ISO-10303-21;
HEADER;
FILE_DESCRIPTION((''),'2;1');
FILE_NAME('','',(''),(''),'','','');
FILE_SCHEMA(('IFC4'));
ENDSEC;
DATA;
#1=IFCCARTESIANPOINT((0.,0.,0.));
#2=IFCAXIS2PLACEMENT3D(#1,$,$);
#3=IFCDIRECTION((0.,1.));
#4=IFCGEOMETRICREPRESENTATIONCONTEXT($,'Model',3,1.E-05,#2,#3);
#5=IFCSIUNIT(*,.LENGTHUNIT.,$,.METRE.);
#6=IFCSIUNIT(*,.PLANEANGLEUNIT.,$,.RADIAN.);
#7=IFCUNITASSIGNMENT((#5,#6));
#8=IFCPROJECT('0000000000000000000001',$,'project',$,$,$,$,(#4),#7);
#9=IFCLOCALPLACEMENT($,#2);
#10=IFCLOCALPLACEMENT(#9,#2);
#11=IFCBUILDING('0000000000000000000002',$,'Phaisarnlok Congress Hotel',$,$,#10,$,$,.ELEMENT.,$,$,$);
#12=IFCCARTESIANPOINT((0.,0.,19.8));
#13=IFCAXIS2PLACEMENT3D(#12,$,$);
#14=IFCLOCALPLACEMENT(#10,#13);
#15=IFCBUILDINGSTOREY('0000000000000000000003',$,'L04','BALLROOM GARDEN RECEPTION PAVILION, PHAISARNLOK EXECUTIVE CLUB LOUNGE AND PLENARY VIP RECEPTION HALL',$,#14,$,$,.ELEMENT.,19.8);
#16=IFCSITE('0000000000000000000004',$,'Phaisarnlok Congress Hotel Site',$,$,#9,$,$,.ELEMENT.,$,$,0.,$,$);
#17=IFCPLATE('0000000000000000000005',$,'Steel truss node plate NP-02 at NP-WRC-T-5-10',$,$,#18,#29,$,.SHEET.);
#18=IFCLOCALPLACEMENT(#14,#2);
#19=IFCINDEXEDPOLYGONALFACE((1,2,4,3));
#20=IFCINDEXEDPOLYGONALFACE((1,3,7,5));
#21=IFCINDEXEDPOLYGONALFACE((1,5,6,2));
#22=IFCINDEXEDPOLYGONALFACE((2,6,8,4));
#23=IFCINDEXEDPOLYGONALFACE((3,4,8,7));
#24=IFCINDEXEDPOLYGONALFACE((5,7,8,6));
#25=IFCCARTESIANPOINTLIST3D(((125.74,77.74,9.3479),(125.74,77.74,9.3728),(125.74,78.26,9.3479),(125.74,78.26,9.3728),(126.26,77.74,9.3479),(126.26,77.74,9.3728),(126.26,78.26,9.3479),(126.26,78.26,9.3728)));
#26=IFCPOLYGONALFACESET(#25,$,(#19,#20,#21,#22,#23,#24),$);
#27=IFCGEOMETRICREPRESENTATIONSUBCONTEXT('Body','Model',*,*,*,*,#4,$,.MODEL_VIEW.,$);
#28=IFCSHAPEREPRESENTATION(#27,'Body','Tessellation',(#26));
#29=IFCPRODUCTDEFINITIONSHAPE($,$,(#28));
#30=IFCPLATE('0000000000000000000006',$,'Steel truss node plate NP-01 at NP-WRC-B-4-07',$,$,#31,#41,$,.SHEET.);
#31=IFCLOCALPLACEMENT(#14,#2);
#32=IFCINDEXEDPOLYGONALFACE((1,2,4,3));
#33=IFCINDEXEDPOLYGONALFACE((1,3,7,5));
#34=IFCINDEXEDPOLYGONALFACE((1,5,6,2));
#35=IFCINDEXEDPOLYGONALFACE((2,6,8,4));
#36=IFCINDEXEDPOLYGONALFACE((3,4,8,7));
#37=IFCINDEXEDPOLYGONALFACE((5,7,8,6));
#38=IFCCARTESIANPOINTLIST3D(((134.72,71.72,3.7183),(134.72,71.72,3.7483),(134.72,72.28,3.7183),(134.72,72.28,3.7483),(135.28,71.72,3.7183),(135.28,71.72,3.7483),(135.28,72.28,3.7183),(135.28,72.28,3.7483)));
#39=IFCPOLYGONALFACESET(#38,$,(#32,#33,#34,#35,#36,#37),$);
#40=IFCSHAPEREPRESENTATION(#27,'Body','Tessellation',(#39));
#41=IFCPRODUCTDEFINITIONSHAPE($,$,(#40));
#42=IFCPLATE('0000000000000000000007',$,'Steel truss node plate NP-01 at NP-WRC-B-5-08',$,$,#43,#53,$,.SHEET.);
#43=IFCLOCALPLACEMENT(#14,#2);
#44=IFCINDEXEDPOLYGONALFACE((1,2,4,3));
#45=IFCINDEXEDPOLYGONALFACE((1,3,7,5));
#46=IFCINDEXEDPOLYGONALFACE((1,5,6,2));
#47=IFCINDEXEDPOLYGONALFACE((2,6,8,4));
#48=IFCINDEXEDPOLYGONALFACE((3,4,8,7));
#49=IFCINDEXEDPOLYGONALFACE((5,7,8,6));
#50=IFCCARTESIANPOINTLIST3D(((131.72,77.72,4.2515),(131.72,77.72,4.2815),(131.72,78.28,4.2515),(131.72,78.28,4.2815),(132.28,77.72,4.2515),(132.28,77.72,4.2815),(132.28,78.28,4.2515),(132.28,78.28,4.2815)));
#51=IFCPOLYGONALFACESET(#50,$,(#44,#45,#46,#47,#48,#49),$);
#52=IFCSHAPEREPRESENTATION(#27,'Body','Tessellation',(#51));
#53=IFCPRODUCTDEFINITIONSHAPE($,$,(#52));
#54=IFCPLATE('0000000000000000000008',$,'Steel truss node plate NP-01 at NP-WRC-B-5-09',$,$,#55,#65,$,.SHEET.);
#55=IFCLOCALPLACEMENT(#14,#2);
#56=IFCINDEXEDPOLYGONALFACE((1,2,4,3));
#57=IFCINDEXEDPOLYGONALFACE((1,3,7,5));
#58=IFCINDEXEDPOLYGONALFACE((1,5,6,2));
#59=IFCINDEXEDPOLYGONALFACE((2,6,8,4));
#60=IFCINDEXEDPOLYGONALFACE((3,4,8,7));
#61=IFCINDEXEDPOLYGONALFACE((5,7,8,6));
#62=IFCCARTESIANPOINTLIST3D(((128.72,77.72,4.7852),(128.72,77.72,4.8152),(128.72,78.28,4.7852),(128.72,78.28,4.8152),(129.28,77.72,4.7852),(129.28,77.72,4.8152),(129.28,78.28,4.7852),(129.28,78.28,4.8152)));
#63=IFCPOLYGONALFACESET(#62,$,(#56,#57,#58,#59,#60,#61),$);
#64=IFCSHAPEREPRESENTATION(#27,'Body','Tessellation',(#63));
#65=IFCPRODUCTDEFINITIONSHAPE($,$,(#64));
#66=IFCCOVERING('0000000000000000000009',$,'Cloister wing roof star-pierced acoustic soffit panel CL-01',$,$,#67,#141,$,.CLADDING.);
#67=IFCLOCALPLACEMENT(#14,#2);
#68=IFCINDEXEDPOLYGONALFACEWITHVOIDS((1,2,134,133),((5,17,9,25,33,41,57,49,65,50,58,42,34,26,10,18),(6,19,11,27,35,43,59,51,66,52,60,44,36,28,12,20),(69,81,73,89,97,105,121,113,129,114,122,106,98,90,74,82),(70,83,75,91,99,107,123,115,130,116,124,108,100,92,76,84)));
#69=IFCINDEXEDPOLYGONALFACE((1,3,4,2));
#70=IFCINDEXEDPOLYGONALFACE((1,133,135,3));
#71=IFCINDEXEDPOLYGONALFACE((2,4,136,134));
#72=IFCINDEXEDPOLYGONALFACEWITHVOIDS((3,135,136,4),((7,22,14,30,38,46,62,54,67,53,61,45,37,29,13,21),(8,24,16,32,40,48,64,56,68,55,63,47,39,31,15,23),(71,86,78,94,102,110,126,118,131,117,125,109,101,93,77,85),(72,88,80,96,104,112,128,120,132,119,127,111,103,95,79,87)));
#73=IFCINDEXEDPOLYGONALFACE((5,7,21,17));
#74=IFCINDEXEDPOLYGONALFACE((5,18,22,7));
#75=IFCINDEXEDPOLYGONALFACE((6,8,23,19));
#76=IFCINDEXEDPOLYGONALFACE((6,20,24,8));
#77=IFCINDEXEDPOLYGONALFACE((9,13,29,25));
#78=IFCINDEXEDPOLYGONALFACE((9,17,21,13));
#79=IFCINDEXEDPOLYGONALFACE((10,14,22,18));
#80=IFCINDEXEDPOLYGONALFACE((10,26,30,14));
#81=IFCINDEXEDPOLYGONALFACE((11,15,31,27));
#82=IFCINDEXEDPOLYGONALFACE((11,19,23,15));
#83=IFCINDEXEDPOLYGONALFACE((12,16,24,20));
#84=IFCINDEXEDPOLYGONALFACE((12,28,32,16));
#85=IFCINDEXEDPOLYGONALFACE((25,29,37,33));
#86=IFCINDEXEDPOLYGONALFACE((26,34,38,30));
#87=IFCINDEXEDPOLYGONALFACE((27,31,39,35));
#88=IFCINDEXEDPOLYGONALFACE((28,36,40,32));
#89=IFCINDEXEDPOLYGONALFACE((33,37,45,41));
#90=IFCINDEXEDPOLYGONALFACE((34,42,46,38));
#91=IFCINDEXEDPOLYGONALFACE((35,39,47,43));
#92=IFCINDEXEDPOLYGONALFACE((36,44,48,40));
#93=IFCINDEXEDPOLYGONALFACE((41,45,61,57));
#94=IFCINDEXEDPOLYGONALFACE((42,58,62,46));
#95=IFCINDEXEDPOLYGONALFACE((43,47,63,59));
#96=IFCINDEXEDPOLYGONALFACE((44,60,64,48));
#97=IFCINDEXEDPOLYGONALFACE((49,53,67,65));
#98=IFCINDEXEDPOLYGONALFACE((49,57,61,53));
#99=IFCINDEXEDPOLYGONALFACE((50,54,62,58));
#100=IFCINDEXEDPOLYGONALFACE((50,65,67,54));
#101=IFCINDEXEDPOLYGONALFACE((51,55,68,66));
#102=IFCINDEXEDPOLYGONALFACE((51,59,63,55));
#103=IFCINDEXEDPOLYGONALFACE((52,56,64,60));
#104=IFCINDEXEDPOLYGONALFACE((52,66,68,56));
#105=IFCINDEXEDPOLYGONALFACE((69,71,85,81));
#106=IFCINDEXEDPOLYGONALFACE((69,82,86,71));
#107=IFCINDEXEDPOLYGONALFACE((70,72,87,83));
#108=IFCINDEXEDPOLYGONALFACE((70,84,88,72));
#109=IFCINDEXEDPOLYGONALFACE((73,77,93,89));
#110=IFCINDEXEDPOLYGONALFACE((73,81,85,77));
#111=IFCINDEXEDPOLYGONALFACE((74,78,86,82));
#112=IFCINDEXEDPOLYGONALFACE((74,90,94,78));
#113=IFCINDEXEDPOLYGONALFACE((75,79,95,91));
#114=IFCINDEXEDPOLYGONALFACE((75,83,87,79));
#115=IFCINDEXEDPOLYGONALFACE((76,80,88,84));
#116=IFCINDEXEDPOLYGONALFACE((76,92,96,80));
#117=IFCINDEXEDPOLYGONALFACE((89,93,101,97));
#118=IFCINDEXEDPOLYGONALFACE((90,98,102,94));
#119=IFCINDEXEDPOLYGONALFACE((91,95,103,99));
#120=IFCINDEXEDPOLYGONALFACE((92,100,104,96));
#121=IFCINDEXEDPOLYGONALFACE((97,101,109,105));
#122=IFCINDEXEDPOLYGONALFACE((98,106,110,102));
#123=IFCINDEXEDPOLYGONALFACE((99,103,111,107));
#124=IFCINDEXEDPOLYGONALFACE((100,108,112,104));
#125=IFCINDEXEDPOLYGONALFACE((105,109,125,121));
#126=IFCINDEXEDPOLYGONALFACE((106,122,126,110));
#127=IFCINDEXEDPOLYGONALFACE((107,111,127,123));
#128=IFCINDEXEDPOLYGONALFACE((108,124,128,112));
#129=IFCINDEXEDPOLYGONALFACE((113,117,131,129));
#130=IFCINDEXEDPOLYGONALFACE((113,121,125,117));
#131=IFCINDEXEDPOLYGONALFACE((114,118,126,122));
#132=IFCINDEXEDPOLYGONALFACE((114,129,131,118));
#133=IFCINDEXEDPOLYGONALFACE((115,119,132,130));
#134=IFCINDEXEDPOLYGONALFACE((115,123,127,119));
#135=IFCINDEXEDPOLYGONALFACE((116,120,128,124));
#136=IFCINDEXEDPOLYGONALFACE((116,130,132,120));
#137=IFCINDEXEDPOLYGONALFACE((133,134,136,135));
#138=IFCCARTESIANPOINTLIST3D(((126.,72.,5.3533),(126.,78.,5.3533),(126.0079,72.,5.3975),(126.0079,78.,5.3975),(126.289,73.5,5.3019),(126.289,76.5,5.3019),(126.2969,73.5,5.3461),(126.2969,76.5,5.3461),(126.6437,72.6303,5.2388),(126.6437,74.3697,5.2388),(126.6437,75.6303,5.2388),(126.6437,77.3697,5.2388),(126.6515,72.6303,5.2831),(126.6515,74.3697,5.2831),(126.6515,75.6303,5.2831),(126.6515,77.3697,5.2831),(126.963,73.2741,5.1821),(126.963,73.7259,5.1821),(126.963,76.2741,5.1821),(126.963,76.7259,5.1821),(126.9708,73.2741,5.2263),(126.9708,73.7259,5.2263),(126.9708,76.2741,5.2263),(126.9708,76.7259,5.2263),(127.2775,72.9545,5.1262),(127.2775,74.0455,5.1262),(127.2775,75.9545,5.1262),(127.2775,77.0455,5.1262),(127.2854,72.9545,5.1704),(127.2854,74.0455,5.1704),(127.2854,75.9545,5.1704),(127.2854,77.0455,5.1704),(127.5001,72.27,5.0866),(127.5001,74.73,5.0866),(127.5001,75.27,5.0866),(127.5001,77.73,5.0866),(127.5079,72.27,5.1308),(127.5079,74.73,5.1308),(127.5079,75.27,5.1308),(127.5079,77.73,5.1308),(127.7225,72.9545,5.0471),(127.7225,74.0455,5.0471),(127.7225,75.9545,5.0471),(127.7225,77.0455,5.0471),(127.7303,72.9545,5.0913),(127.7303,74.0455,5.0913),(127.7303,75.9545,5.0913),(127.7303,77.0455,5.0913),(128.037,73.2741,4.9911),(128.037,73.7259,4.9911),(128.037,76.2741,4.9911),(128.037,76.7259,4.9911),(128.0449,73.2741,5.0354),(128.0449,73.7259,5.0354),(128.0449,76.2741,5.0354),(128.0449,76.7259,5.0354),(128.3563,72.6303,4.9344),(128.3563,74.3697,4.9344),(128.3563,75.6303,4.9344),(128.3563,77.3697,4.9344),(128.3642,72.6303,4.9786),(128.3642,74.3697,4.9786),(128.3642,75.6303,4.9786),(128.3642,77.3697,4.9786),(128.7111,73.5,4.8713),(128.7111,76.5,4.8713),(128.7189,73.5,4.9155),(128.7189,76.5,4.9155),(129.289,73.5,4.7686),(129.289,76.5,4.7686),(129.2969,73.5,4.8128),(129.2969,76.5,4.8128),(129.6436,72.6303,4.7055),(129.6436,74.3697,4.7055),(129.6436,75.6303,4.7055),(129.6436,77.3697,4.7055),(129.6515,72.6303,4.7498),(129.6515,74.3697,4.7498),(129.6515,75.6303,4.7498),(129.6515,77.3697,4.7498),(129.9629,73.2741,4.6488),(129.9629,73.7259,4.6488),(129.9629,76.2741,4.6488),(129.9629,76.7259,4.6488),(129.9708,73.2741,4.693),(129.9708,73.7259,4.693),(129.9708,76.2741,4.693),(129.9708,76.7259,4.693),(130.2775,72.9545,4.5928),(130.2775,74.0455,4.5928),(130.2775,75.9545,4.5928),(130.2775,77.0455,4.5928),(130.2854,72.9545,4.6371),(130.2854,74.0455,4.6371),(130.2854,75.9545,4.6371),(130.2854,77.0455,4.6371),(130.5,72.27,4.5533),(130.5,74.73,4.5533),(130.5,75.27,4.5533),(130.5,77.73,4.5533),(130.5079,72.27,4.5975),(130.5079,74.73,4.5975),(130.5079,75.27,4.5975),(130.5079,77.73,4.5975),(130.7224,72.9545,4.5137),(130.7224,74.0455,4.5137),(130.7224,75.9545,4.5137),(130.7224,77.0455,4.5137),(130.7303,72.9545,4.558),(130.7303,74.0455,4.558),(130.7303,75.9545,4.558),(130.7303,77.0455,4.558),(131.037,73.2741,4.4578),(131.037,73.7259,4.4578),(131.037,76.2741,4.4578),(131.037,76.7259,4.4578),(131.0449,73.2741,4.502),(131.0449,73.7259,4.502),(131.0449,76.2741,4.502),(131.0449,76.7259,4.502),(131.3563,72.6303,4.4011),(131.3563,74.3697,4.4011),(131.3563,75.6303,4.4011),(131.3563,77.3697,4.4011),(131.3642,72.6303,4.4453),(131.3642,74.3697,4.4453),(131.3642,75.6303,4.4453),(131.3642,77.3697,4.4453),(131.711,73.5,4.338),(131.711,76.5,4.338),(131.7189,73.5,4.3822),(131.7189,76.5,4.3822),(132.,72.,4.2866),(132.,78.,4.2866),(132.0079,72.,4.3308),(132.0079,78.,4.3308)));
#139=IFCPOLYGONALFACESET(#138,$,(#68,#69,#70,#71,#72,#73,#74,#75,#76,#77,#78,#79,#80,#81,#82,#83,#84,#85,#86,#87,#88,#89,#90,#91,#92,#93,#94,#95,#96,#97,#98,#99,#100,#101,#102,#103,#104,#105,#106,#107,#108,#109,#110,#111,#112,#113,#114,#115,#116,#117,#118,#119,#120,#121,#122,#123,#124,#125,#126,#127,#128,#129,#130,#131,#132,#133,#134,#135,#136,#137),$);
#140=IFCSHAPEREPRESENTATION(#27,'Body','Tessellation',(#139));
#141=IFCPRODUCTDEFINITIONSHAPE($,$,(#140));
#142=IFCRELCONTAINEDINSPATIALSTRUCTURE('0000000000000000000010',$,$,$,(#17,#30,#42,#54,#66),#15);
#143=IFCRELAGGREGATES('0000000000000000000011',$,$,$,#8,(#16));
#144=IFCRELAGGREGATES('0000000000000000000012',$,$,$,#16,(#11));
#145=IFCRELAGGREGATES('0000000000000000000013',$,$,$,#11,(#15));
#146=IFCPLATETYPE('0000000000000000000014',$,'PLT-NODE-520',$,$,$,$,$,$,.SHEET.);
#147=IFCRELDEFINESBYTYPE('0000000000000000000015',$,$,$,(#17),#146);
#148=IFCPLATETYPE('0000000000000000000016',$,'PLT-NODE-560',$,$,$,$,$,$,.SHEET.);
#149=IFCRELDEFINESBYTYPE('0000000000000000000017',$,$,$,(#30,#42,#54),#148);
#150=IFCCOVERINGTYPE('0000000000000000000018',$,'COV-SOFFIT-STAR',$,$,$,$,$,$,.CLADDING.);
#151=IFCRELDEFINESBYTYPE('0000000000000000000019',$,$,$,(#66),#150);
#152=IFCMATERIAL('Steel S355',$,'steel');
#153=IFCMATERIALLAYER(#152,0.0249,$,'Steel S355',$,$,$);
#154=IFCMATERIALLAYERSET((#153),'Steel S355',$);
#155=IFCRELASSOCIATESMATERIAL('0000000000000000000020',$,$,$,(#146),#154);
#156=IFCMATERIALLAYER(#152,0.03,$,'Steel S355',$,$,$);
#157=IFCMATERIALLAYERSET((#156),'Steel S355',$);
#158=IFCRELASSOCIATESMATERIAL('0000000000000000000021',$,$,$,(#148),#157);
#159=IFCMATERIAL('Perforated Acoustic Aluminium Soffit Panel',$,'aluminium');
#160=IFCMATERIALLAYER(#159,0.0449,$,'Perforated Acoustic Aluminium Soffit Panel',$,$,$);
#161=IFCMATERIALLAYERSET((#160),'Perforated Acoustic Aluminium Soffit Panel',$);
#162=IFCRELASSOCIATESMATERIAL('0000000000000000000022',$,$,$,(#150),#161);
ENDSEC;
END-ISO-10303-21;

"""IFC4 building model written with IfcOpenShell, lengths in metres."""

from ifc_helpers import new_model, si_unit, direction, frame, origin, origin_2d, place, context, subcontext, project, spatial, polyline, rectangle, outline, extrude, material, layer, layer_set, type_object, element, save


model = new_model("IFC4")

# Units and contexts
model_context = context("Model", 3, precision=1e-05, world=origin(), true_north=direction((0.0, 1.0)))
body_context = subcontext(model_context, "Body", "Model", "MODEL_VIEW")
ifc_project = project(units=[si_unit("LENGTHUNIT", "METRE"), si_unit("PLANEANGLEUNIT", "RADIAN")], contexts=[model_context])

# Site, building, storey
site_placement = place(None, origin())
site = spatial("IfcSite", under=ifc_project, at=site_placement, Name="Phaisarnlok Congress Hotel Site", CompositionType="ELEMENT", RefElevation=0.0)
building_placement = place(site_placement, origin())
building = spatial("IfcBuilding", under=site, at=building_placement, Name="Phaisarnlok Congress Hotel", CompositionType="ELEMENT")
storey_placement = place(building_placement, frame((0.0, 0.0, 19.8)))
storey = spatial("IfcBuildingStorey", under=building, at=storey_placement, Name="L04", Description="BALLROOM GARDEN RECEPTION PAVILION, PHAISARNLOK EXECUTIVE CLUB LOUNGE AND PLENARY VIP RECEPTION HALL", CompositionType="ELEMENT", Elevation=19.8)

# Shared definitions
ifc_material_1 = material(Name="Steel S355", Category="steel")

# Plates
ifc_layer_1 = layer(ifc_material_1, 0.0249, Name="Steel S355")
ifc_layer_set_1 = layer_set([ifc_layer_1], Name="Steel S355")
plate_type_1 = type_object("IfcPlateType", Name="PLT-NODE-520", PredefinedType="SHEET", material=ifc_layer_set_1)
for number, where, z_axis, x_axis, name in (
    (1, (126.0, 78.0, 9.3479), (0.0, 0.0, 1.0), (1.0, 0.0, 0.0), "Steel truss node plate NP-02 at NP-WRC-T-5-10"),
):
    element("IfcPlate", number, at=place(storey_placement, frame(where, z_axis=z_axis, x_axis=x_axis)), inside=storey, type_object=plate_type_1, Name=name, PredefinedType="SHEET", context=body_context, shape_type="SweptSolid", body=[
        extrude(rectangle(XDim=0.52, YDim=0.52, at=origin_2d()), origin(), (0.0, 0.0, 1.0), 0.0249),
    ])
ifc_layer_2 = layer(ifc_material_1, 0.03, Name="Steel S355")
ifc_layer_set_2 = layer_set([ifc_layer_2], Name="Steel S355")
plate_type_2 = type_object("IfcPlateType", Name="PLT-NODE-560", PredefinedType="SHEET", material=ifc_layer_set_2)
for number, where, z_axis, x_axis, name in (
    (2, (135.0, 72.0, 3.7183), (0.0, 0.0, 1.0), (1.0, 0.0, 0.0), "Steel truss node plate NP-01 at NP-WRC-B-4-07"),
    (3, (132.0, 78.0, 4.2515), (0.0, 0.0, 1.0), (1.0, 0.0, 0.0), "Steel truss node plate NP-01 at NP-WRC-B-5-08"),
    (4, (129.0, 78.0, 4.7852), (0.0, 0.0, 1.0), (1.0, 0.0, 0.0), "Steel truss node plate NP-01 at NP-WRC-B-5-09"),
):
    element("IfcPlate", number, at=place(storey_placement, frame(where, z_axis=z_axis, x_axis=x_axis)), inside=storey, type_object=plate_type_2, Name=name, PredefinedType="SHEET", context=body_context, shape_type="SweptSolid", body=[
        extrude(rectangle(XDim=0.5601, YDim=0.5601, at=origin_2d()), origin(), (0.0, 0.0, 1.0), 0.03),
    ])

# Covering
ifc_material_2 = material(Name="Perforated Acoustic Aluminium Soffit Panel", Category="aluminium")
ifc_layer_3 = layer(ifc_material_2, 0.0449, Name="Perforated Acoustic Aluminium Soffit Panel")
ifc_layer_set_3 = layer_set([ifc_layer_3], Name="Perforated Acoustic Aluminium Soffit Panel")
covering_type = type_object("IfcCoveringType", Name="COV-SOFFIT-STAR", PredefinedType="CLADDING", material=ifc_layer_set_3)
covering_1_placement = place(storey_placement, frame((132.0, 72.0, 4.2866), z_axis=(0.175031, 0.0, 0.984563), x_axis=(0.0, 1.0, 0.0)))
element("IfcCovering", 5, at=covering_1_placement, inside=storey, type_object=covering_type, Name="Cloister wing roof star-pierced acoustic soffit panel CL-01", PredefinedType="CLADDING", context=body_context, shape_type="SweptSolid", body=[
    extrude(outline(polyline([(0.0, 0.0), (6.0, 0.0), (6.0, 6.0941), (0.0, 6.0941), (0.0, 0.0)]), holes=[polyline([(2.0455, 1.2976), (2.3697, 0.6538), (1.7259, 0.9781), (1.5, 0.2935), (1.2741, 0.9781), (0.6303, 0.6538), (0.9545, 1.2976), (0.27, 1.5235), (0.9545, 1.7495), (0.6303, 2.3933), (1.2741, 2.069), (1.5, 2.7535), (1.7259, 2.069), (2.3697, 2.3933), (2.0455, 1.7495), (2.73, 1.5235), (2.0455, 1.2976)]), polyline([(2.0455, 4.3446), (2.3697, 3.7008), (1.7259, 4.0251), (1.5, 3.3405), (1.2741, 4.0251), (0.6303, 3.7008), (0.9545, 4.3446), (0.27, 4.5705), (0.9545, 4.7965), (0.6303, 5.4403), (1.2741, 5.116), (1.5, 5.8005), (1.7259, 5.116), (2.3697, 5.4403), (2.0455, 4.7965), (2.73, 4.5705), (2.0455, 4.3446)]), polyline([(5.0455, 1.2976), (5.3697, 0.6538), (4.7259, 0.9781), (4.5, 0.2935), (4.2741, 0.9781), (3.6303, 0.6538), (3.9545, 1.2976), (3.27, 1.5235), (3.9545, 1.7495), (3.6303, 2.3933), (4.2741, 2.069), (4.5, 2.7535), (4.7259, 2.069), (5.3697, 2.3933), (5.0455, 1.7495), (5.73, 1.5235), (5.0455, 1.2976)]), polyline([(5.0455, 4.3446), (5.3697, 3.7008), (4.7259, 4.0251), (4.5, 3.3405), (4.2741, 4.0251), (3.6303, 3.7008), (3.9545, 4.3446), (3.27, 4.5705), (3.9545, 4.7965), (3.6303, 5.4403), (4.2741, 5.116), (4.5, 5.8005), (4.7259, 5.116), (5.3697, 5.4403), (5.0455, 4.7965), (5.73, 4.5705), (5.0455, 4.3446)])]), origin(), (0.0, 0.0, 1.0), 0.0449),
])

save(model, "model.ifc")
